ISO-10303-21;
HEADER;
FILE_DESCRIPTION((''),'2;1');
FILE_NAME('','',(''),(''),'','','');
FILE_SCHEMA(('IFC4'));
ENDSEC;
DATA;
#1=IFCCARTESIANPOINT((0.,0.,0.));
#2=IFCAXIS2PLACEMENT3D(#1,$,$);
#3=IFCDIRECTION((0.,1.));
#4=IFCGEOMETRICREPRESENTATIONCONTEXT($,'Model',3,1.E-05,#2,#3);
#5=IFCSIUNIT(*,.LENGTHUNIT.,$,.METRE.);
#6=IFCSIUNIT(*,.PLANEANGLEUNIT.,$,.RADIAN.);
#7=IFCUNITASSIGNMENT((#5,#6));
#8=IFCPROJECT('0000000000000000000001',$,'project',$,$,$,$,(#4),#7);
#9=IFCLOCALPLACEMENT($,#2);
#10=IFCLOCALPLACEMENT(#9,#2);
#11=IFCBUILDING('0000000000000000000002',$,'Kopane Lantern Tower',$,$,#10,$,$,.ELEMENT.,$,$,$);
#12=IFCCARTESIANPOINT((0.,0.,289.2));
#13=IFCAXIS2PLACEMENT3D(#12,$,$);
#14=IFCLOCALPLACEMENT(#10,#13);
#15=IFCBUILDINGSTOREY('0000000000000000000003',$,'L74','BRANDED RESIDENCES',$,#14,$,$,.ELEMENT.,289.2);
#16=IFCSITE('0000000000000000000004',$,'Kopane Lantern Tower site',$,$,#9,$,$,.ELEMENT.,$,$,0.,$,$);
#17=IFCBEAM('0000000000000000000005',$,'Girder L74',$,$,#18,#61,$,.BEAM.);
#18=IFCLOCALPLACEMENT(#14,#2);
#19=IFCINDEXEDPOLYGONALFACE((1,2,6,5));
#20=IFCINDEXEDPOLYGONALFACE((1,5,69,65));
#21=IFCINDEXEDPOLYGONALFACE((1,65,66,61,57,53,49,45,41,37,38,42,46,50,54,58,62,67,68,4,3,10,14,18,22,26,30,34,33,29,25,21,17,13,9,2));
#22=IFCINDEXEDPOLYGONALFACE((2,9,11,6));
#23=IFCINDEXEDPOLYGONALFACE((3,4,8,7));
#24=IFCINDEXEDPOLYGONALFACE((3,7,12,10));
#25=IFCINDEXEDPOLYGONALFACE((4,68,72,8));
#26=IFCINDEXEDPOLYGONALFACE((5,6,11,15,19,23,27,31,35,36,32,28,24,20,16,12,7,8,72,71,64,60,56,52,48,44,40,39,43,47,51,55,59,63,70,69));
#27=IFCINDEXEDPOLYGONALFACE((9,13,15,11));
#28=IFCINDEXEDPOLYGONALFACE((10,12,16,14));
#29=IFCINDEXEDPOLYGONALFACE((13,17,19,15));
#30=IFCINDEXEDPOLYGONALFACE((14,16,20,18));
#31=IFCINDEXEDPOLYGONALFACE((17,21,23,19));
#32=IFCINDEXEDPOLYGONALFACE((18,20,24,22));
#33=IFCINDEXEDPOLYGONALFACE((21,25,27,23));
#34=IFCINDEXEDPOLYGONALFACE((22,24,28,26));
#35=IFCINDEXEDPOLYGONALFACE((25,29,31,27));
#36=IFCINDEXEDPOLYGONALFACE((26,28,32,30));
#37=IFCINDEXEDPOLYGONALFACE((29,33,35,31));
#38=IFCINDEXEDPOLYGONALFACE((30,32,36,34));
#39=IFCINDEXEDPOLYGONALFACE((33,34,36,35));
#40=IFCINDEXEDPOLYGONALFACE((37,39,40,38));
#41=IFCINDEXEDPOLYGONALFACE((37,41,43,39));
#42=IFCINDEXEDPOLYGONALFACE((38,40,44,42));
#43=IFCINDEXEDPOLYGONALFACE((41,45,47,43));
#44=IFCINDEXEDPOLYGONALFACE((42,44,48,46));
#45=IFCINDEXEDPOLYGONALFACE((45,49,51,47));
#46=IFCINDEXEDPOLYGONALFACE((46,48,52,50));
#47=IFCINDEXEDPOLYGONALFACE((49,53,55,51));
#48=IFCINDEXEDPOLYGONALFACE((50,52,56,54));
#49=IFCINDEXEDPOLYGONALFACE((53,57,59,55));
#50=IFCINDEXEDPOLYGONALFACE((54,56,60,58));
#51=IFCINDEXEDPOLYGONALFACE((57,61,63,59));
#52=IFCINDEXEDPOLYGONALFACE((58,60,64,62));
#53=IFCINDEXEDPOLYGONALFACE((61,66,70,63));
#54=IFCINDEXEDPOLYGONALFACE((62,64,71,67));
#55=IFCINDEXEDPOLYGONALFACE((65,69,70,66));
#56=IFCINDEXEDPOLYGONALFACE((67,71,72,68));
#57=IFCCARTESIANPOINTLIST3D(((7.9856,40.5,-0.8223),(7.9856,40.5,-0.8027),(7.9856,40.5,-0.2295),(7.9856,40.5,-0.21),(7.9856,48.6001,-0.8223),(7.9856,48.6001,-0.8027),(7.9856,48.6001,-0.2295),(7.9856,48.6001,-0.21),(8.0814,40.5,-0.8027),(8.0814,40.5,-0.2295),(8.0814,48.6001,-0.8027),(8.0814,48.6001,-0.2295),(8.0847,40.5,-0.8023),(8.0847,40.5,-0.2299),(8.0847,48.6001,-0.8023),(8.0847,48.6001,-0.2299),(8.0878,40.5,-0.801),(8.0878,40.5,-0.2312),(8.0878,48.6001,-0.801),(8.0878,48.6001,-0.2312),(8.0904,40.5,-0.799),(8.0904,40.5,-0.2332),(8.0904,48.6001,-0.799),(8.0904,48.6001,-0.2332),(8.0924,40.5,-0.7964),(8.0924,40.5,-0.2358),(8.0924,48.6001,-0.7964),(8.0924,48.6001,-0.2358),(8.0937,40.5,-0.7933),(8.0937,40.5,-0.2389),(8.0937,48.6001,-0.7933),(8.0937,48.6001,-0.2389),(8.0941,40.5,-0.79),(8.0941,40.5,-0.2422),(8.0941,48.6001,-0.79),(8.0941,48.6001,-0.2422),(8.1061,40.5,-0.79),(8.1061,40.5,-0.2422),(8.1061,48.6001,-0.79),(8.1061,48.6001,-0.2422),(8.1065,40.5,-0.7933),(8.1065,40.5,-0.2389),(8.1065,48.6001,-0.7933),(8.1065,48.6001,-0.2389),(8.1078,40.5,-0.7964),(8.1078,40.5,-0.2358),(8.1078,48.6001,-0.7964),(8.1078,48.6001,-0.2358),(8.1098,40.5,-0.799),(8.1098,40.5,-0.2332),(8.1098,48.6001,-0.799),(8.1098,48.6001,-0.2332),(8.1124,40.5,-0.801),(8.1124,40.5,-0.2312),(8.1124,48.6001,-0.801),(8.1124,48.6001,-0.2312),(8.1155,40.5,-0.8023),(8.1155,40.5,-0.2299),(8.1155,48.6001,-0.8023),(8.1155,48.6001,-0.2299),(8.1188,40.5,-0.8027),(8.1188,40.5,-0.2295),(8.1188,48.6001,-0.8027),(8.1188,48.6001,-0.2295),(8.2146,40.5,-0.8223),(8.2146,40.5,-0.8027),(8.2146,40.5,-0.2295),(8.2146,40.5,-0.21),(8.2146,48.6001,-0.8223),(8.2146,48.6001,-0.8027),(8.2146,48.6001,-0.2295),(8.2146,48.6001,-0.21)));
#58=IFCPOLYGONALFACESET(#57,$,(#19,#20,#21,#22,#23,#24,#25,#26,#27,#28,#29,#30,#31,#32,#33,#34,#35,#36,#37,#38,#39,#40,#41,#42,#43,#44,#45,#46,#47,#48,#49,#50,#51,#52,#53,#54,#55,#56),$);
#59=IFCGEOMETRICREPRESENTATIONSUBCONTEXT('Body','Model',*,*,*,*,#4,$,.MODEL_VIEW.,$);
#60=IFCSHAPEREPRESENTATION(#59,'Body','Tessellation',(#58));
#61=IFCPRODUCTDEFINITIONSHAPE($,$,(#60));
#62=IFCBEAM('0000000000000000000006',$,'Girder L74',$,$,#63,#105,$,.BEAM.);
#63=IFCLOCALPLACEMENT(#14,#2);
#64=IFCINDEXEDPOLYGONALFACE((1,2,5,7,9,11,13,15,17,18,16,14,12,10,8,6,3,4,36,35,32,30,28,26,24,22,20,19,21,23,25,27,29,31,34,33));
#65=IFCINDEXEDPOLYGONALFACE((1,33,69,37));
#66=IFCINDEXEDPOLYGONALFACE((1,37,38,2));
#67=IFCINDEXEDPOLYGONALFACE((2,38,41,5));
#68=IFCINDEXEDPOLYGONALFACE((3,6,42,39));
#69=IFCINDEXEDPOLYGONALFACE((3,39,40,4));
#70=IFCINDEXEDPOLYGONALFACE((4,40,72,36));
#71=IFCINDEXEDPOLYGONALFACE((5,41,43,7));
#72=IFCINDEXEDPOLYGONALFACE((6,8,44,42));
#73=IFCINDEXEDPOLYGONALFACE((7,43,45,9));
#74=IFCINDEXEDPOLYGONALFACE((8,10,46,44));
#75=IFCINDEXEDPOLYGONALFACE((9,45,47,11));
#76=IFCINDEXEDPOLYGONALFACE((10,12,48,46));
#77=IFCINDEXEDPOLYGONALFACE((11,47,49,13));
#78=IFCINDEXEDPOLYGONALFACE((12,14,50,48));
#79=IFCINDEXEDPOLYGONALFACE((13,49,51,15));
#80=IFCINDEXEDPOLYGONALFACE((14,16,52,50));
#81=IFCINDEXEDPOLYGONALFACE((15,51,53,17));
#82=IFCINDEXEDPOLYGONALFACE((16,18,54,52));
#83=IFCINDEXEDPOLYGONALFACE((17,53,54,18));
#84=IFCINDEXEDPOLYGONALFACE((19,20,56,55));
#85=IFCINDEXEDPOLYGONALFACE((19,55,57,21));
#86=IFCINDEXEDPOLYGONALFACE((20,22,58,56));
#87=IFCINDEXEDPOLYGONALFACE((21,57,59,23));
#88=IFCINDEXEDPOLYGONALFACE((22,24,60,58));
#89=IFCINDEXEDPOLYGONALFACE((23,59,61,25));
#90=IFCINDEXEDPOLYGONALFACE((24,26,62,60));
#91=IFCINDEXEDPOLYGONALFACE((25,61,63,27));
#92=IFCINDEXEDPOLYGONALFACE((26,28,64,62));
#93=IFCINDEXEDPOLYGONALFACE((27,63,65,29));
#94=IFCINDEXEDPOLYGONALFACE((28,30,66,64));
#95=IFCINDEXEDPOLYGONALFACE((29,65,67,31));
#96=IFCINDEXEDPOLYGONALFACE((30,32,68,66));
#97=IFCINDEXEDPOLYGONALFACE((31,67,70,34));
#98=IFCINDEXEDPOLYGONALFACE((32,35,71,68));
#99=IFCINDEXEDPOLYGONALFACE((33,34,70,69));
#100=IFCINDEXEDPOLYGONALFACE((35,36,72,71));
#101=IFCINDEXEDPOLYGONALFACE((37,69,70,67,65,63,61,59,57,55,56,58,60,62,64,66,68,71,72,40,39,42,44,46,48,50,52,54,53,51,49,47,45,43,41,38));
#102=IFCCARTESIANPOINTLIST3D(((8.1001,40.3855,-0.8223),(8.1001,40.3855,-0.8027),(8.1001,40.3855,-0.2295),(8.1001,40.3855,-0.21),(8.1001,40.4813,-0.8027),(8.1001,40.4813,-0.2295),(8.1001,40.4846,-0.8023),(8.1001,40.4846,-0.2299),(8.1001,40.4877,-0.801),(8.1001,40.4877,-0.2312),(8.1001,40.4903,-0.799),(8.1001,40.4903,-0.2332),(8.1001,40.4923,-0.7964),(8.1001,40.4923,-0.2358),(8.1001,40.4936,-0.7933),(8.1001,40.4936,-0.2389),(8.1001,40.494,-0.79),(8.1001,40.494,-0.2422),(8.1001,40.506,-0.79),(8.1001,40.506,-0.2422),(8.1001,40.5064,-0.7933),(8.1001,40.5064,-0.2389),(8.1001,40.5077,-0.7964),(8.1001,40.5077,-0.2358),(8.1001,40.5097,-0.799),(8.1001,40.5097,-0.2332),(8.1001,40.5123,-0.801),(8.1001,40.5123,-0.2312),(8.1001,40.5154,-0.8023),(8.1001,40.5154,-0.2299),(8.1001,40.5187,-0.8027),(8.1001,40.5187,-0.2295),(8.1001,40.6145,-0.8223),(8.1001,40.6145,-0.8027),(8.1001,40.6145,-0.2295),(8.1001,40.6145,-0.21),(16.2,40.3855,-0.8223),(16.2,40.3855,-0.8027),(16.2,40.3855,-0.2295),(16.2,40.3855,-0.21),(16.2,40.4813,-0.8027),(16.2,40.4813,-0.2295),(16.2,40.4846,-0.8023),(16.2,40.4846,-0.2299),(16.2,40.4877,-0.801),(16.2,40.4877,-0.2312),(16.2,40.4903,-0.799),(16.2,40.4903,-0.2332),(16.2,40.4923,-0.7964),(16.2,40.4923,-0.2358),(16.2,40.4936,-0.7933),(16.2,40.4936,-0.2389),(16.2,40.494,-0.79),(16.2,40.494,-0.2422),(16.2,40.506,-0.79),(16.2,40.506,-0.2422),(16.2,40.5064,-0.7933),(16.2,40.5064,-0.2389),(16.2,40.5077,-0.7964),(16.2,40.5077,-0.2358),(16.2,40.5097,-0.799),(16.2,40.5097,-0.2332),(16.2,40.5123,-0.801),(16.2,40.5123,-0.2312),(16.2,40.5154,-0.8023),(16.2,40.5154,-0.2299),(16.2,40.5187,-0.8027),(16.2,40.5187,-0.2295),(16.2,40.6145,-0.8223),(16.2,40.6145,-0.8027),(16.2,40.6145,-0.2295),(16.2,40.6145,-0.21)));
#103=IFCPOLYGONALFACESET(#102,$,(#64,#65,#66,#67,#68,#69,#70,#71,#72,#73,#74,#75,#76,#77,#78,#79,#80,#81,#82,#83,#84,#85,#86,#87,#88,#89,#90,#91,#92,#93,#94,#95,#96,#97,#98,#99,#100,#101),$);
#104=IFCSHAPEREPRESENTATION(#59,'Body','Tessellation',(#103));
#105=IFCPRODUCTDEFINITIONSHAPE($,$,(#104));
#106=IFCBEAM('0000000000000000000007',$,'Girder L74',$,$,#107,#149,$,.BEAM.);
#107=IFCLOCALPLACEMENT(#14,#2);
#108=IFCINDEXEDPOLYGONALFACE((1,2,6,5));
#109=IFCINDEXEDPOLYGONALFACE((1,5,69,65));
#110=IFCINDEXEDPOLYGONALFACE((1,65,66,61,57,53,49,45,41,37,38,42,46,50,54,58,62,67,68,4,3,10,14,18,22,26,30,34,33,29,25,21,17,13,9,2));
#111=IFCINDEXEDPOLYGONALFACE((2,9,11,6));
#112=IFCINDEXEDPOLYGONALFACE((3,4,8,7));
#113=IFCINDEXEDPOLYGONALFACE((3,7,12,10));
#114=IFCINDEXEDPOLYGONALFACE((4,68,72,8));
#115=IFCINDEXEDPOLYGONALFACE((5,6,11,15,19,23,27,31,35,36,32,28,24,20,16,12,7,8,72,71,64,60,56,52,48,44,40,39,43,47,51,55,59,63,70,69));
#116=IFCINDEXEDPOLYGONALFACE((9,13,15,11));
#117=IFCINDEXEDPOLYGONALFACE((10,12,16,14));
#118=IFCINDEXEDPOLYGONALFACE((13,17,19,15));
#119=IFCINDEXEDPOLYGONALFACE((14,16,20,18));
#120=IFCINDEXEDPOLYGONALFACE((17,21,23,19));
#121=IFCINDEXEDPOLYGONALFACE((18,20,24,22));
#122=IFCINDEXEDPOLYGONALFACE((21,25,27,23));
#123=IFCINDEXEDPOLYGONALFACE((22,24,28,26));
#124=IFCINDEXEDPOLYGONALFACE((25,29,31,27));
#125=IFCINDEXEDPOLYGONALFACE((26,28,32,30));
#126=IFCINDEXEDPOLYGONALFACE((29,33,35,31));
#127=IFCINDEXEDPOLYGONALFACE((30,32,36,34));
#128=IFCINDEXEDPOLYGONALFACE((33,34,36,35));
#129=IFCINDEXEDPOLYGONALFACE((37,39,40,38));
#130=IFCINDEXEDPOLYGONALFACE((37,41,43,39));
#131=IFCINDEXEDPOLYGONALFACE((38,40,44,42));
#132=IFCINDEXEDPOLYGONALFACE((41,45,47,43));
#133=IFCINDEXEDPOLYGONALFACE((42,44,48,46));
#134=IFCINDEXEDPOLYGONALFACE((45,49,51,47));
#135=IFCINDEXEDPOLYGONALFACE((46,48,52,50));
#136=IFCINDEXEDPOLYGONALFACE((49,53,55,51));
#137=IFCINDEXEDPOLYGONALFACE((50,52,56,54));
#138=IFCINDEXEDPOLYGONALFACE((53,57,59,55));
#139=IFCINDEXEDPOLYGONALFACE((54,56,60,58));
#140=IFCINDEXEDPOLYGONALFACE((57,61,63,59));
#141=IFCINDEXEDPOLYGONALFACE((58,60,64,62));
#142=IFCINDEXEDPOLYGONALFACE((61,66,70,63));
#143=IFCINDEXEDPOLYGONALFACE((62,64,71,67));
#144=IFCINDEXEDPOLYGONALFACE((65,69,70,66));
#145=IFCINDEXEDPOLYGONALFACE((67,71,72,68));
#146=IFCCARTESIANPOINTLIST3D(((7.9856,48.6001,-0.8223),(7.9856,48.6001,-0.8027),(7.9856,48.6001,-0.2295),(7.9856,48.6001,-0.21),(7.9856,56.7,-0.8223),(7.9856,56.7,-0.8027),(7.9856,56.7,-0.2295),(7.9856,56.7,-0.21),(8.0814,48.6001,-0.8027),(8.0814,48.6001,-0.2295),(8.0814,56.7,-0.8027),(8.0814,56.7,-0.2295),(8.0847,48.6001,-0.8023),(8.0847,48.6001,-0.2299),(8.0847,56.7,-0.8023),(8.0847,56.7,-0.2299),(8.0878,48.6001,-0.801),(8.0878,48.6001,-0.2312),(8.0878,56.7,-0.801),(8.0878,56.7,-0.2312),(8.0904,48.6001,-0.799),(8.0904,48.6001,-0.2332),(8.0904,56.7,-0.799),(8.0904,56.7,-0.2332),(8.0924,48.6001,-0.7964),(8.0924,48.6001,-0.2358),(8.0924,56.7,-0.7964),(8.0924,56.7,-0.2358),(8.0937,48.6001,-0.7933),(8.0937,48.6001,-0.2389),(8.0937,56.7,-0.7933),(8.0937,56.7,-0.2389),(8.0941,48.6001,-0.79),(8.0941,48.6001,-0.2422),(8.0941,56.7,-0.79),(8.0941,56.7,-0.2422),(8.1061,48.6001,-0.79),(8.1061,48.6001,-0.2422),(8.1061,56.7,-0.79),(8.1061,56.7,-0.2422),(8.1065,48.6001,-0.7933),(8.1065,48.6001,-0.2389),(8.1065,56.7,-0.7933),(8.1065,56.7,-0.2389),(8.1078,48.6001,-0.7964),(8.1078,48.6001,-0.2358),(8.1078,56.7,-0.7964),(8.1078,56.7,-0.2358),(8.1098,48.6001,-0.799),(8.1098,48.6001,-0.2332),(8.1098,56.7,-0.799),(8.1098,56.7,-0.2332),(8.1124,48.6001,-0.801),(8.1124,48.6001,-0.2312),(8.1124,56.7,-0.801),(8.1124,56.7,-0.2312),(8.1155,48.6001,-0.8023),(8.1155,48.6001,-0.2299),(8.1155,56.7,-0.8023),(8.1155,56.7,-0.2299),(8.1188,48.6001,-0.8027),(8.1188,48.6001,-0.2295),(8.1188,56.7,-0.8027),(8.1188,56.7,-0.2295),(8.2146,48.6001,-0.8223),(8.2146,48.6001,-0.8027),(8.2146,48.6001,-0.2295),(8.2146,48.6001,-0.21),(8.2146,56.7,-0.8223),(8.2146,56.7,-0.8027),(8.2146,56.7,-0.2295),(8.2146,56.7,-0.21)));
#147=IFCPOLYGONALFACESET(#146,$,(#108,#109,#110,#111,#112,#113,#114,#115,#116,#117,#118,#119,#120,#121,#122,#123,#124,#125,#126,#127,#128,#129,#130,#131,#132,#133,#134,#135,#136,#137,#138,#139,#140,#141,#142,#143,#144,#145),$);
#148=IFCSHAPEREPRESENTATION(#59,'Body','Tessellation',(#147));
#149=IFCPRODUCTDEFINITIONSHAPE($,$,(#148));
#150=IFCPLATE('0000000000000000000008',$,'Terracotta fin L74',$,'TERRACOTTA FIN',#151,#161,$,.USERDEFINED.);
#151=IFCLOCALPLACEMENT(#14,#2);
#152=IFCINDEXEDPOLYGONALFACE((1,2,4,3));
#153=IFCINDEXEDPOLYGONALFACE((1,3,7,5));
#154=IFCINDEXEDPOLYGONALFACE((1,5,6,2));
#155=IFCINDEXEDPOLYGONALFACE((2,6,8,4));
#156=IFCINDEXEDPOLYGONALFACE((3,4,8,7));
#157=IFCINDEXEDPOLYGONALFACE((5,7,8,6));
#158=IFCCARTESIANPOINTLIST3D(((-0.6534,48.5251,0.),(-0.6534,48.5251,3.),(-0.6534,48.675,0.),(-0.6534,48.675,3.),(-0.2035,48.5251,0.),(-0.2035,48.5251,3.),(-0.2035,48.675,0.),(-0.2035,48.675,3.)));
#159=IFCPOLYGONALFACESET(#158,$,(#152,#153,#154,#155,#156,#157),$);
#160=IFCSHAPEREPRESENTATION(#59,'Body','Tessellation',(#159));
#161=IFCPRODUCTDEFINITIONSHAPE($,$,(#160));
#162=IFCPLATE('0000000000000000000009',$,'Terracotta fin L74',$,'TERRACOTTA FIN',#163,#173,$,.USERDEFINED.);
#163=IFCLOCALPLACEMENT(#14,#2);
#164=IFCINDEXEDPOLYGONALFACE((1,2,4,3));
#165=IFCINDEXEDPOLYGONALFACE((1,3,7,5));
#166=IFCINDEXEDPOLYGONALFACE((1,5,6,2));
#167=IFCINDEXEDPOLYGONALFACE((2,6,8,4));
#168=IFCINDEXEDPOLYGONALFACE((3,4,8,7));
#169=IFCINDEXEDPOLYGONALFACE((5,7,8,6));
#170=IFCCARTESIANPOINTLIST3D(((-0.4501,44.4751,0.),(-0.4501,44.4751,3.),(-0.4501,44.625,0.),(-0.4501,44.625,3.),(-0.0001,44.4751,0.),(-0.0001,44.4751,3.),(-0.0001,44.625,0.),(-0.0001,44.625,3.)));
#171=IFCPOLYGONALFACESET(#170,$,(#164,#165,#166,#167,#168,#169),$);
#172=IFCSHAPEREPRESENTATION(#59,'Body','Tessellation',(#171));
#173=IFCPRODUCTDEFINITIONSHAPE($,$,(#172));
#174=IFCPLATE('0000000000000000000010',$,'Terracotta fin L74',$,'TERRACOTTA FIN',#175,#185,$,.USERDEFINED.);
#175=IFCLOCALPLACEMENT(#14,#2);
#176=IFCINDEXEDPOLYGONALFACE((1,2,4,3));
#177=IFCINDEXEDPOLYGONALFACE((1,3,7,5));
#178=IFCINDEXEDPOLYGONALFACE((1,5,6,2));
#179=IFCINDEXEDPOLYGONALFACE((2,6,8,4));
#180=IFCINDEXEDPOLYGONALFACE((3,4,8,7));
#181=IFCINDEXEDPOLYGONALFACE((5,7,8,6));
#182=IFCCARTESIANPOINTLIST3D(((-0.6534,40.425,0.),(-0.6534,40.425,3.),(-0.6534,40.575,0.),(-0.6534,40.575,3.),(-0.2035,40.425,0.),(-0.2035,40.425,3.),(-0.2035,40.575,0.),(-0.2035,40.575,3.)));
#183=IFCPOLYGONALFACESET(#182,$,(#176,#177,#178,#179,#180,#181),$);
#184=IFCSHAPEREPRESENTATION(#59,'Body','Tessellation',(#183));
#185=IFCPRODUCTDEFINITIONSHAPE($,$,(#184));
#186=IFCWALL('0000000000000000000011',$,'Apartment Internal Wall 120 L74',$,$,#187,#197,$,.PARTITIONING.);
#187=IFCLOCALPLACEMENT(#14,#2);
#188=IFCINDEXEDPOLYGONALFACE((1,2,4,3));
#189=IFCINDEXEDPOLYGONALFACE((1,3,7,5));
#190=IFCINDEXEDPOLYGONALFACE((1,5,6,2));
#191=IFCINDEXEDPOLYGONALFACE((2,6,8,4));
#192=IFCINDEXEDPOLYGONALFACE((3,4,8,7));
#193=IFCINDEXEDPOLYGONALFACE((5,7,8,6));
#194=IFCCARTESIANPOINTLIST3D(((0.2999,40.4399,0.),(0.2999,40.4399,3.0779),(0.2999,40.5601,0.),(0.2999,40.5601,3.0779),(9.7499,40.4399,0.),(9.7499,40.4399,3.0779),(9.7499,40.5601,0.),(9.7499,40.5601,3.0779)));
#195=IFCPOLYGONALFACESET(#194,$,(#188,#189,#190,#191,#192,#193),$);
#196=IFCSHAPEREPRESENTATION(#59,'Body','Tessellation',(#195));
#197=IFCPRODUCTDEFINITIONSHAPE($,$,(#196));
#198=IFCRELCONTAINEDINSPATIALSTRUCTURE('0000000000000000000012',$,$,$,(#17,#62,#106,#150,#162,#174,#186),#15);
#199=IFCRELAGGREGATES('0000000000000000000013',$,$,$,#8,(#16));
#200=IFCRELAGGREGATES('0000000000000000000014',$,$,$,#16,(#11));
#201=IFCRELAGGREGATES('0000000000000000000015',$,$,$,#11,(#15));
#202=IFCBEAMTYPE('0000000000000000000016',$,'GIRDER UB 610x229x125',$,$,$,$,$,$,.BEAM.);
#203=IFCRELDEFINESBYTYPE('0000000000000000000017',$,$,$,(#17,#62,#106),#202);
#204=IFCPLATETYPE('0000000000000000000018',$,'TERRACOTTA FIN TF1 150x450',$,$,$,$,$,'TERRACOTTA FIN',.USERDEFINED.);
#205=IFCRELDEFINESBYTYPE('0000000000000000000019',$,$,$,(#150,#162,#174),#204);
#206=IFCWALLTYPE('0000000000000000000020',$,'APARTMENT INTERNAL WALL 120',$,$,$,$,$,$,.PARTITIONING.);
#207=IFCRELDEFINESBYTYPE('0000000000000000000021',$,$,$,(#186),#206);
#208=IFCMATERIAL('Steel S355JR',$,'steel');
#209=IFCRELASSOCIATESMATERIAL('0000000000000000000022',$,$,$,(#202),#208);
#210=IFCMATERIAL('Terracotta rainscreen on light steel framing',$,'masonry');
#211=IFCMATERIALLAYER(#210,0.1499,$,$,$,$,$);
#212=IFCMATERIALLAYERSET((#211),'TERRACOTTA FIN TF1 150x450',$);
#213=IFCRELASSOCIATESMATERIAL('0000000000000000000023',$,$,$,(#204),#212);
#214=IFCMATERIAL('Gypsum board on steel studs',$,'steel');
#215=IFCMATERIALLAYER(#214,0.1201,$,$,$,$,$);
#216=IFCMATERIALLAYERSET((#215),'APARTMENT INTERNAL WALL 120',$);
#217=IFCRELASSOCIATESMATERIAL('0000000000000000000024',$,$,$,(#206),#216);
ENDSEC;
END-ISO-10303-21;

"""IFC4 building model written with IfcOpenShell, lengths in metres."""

from ifc_helpers import new_model, si_unit, direction, frame, frame_2d, origin, origin_2d, place, context, subcontext, project, spatial, rectangle, i_section, extrude, material, layer, layer_set, material_profile, profile_set, type_object, element, save


model = new_model("IFC4")

# Units and contexts
model_context = context("Model", 3, precision=1e-05, world=origin(), true_north=direction((0.0, 1.0)))
body_context = subcontext(model_context, "Body", "Model", "MODEL_VIEW")
ifc_project = project(units=[si_unit("LENGTHUNIT", "METRE"), si_unit("PLANEANGLEUNIT", "RADIAN")], contexts=[model_context])

# Site, building, storey
site_placement = place(None, origin())
site = spatial("IfcSite", under=ifc_project, at=site_placement, Name="Kopane Lantern Tower site", CompositionType="ELEMENT", RefElevation=0.0)
building_placement = place(site_placement, origin())
building = spatial("IfcBuilding", under=site, at=building_placement, Name="Kopane Lantern Tower", CompositionType="ELEMENT")
storey_placement = place(building_placement, frame((0.0, 0.0, 289.2)))
storey = spatial("IfcBuildingStorey", under=building, at=storey_placement, Name="L74", Description="BRANDED RESIDENCES", CompositionType="ELEMENT", Elevation=289.2)

# Beams
ifc_material_1 = material(Name="Steel S355JR", Category="steel")
ifc_material_profile_1 = material_profile(ifc_material_1, i_section(OverallWidth=0.229, OverallDepth=0.6123, WebThickness=0.012, FlangeThickness=0.0195, FilletRadius=0.0127, at=origin_2d()), Name="UB 610x229x125")
ifc_profile_set_1 = profile_set([ifc_material_profile_1], Name="Steel S355JR")
beam_type = type_object("IfcBeamType", Name="GIRDER UB 610x229x125", PredefinedType="BEAM", material=ifc_profile_set_1)
for number, where, z_axis, x_axis, name in (
    (1, (8.1001, 40.5, -0.5161), (0.0, 1.0, 0.0), (-1.0, 0.0, 0.0), "Girder L74"),
):
    element("IfcBeam", number, at=place(storey_placement, frame(where, z_axis=z_axis, x_axis=x_axis)), inside=storey, type_object=beam_type, Name=name, PredefinedType="BEAM", context=body_context, shape_type="SweptSolid", body=[
        extrude(i_section(OverallWidth=0.229, OverallDepth=0.6123, WebThickness=0.012, FlangeThickness=0.0195, FilletRadius=0.0127, at=origin_2d()), origin(), (0.0, 0.0, 1.0), 8.1001),
    ])
for number, where, z_axis, x_axis, name in (
    (2, (8.1001, 40.5, -0.5161), (1.0, 0.0, 0.0), (0.0, 1.0, 0.0), "Girder L74"),
    (3, (8.1001, 48.6001, -0.5161), (0.0, 1.0, 0.0), (-1.0, 0.0, 0.0), "Girder L74"),
):
    element("IfcBeam", number, at=place(storey_placement, frame(where, z_axis=z_axis, x_axis=x_axis)), inside=storey, type_object=beam_type, Name=name, PredefinedType="BEAM", context=body_context, shape_type="SweptSolid", body=[
        extrude(i_section(OverallWidth=0.229, OverallDepth=0.6123, WebThickness=0.012, FlangeThickness=0.0195, FilletRadius=0.0127, at=origin_2d()), origin(), (0.0, 0.0, 1.0), 8.0999),
    ])

# Plates
ifc_material_2 = material(Name="Terracotta rainscreen on light steel framing", Category="masonry")
ifc_layer_1 = layer(ifc_material_2, 0.1499)
ifc_layer_set_1 = layer_set([ifc_layer_1], Name="TERRACOTTA FIN TF1 150x450")
plate_type = type_object("IfcPlateType", Name="TERRACOTTA FIN TF1 150x450", ElementType="TERRACOTTA FIN", PredefinedType="USERDEFINED", material=ifc_layer_set_1)
for number, where, z_axis, x_axis, name in (
    (4, (-0.4285, 48.6001, 0.0), (0.0, 0.0, 1.0), (0.0, -1.0, 0.0), "Terracotta fin L74"),
    (5, (-0.2251, 44.55, 0.0), (0.0, 0.0, 1.0), (0.0, -1.0, 0.0), "Terracotta fin L74"),
    (6, (-0.4285, 40.5, 0.0), (0.0, 0.0, 1.0), (0.0, -1.0, 0.0), "Terracotta fin L74"),
):
    element("IfcPlate", number, at=place(storey_placement, frame(where, z_axis=z_axis, x_axis=x_axis)), inside=storey, type_object=plate_type, Name=name, ObjectType="TERRACOTTA FIN", PredefinedType="USERDEFINED", context=body_context, shape_type="SweptSolid", body=[
        extrude(rectangle(XDim=0.1499, YDim=0.45, at=origin_2d()), origin(), (0.0, 0.0, 1.0), 3.0),
    ])

# Wall
ifc_material_3 = material(Name="Gypsum board on steel studs", Category="steel")
ifc_layer_2 = layer(ifc_material_3, 0.1201)
ifc_layer_set_2 = layer_set([ifc_layer_2], Name="APARTMENT INTERNAL WALL 120")
wall_type_1 = type_object("IfcWallType", Name="APARTMENT INTERNAL WALL 120", PredefinedType="PARTITIONING", material=ifc_layer_set_2)
wall_1_placement = place(storey_placement, frame((9.75, 40.5, 0.0), z_axis=(0.0, 0.0, 1.0), x_axis=(-1.0, 0.0, 0.0)))
element("IfcWall", 7, at=wall_1_placement, inside=storey, type_object=wall_type_1, Name="Apartment Internal Wall 120 L74", PredefinedType="PARTITIONING", context=body_context, shape_type="SweptSolid", body=[
    extrude(rectangle(XDim=9.45, YDim=0.1201, at=frame_2d((4.7251, 0.0))), origin(), (0.0, 0.0, 1.0), 3.0779),
])

save(model, "model.ifc")
